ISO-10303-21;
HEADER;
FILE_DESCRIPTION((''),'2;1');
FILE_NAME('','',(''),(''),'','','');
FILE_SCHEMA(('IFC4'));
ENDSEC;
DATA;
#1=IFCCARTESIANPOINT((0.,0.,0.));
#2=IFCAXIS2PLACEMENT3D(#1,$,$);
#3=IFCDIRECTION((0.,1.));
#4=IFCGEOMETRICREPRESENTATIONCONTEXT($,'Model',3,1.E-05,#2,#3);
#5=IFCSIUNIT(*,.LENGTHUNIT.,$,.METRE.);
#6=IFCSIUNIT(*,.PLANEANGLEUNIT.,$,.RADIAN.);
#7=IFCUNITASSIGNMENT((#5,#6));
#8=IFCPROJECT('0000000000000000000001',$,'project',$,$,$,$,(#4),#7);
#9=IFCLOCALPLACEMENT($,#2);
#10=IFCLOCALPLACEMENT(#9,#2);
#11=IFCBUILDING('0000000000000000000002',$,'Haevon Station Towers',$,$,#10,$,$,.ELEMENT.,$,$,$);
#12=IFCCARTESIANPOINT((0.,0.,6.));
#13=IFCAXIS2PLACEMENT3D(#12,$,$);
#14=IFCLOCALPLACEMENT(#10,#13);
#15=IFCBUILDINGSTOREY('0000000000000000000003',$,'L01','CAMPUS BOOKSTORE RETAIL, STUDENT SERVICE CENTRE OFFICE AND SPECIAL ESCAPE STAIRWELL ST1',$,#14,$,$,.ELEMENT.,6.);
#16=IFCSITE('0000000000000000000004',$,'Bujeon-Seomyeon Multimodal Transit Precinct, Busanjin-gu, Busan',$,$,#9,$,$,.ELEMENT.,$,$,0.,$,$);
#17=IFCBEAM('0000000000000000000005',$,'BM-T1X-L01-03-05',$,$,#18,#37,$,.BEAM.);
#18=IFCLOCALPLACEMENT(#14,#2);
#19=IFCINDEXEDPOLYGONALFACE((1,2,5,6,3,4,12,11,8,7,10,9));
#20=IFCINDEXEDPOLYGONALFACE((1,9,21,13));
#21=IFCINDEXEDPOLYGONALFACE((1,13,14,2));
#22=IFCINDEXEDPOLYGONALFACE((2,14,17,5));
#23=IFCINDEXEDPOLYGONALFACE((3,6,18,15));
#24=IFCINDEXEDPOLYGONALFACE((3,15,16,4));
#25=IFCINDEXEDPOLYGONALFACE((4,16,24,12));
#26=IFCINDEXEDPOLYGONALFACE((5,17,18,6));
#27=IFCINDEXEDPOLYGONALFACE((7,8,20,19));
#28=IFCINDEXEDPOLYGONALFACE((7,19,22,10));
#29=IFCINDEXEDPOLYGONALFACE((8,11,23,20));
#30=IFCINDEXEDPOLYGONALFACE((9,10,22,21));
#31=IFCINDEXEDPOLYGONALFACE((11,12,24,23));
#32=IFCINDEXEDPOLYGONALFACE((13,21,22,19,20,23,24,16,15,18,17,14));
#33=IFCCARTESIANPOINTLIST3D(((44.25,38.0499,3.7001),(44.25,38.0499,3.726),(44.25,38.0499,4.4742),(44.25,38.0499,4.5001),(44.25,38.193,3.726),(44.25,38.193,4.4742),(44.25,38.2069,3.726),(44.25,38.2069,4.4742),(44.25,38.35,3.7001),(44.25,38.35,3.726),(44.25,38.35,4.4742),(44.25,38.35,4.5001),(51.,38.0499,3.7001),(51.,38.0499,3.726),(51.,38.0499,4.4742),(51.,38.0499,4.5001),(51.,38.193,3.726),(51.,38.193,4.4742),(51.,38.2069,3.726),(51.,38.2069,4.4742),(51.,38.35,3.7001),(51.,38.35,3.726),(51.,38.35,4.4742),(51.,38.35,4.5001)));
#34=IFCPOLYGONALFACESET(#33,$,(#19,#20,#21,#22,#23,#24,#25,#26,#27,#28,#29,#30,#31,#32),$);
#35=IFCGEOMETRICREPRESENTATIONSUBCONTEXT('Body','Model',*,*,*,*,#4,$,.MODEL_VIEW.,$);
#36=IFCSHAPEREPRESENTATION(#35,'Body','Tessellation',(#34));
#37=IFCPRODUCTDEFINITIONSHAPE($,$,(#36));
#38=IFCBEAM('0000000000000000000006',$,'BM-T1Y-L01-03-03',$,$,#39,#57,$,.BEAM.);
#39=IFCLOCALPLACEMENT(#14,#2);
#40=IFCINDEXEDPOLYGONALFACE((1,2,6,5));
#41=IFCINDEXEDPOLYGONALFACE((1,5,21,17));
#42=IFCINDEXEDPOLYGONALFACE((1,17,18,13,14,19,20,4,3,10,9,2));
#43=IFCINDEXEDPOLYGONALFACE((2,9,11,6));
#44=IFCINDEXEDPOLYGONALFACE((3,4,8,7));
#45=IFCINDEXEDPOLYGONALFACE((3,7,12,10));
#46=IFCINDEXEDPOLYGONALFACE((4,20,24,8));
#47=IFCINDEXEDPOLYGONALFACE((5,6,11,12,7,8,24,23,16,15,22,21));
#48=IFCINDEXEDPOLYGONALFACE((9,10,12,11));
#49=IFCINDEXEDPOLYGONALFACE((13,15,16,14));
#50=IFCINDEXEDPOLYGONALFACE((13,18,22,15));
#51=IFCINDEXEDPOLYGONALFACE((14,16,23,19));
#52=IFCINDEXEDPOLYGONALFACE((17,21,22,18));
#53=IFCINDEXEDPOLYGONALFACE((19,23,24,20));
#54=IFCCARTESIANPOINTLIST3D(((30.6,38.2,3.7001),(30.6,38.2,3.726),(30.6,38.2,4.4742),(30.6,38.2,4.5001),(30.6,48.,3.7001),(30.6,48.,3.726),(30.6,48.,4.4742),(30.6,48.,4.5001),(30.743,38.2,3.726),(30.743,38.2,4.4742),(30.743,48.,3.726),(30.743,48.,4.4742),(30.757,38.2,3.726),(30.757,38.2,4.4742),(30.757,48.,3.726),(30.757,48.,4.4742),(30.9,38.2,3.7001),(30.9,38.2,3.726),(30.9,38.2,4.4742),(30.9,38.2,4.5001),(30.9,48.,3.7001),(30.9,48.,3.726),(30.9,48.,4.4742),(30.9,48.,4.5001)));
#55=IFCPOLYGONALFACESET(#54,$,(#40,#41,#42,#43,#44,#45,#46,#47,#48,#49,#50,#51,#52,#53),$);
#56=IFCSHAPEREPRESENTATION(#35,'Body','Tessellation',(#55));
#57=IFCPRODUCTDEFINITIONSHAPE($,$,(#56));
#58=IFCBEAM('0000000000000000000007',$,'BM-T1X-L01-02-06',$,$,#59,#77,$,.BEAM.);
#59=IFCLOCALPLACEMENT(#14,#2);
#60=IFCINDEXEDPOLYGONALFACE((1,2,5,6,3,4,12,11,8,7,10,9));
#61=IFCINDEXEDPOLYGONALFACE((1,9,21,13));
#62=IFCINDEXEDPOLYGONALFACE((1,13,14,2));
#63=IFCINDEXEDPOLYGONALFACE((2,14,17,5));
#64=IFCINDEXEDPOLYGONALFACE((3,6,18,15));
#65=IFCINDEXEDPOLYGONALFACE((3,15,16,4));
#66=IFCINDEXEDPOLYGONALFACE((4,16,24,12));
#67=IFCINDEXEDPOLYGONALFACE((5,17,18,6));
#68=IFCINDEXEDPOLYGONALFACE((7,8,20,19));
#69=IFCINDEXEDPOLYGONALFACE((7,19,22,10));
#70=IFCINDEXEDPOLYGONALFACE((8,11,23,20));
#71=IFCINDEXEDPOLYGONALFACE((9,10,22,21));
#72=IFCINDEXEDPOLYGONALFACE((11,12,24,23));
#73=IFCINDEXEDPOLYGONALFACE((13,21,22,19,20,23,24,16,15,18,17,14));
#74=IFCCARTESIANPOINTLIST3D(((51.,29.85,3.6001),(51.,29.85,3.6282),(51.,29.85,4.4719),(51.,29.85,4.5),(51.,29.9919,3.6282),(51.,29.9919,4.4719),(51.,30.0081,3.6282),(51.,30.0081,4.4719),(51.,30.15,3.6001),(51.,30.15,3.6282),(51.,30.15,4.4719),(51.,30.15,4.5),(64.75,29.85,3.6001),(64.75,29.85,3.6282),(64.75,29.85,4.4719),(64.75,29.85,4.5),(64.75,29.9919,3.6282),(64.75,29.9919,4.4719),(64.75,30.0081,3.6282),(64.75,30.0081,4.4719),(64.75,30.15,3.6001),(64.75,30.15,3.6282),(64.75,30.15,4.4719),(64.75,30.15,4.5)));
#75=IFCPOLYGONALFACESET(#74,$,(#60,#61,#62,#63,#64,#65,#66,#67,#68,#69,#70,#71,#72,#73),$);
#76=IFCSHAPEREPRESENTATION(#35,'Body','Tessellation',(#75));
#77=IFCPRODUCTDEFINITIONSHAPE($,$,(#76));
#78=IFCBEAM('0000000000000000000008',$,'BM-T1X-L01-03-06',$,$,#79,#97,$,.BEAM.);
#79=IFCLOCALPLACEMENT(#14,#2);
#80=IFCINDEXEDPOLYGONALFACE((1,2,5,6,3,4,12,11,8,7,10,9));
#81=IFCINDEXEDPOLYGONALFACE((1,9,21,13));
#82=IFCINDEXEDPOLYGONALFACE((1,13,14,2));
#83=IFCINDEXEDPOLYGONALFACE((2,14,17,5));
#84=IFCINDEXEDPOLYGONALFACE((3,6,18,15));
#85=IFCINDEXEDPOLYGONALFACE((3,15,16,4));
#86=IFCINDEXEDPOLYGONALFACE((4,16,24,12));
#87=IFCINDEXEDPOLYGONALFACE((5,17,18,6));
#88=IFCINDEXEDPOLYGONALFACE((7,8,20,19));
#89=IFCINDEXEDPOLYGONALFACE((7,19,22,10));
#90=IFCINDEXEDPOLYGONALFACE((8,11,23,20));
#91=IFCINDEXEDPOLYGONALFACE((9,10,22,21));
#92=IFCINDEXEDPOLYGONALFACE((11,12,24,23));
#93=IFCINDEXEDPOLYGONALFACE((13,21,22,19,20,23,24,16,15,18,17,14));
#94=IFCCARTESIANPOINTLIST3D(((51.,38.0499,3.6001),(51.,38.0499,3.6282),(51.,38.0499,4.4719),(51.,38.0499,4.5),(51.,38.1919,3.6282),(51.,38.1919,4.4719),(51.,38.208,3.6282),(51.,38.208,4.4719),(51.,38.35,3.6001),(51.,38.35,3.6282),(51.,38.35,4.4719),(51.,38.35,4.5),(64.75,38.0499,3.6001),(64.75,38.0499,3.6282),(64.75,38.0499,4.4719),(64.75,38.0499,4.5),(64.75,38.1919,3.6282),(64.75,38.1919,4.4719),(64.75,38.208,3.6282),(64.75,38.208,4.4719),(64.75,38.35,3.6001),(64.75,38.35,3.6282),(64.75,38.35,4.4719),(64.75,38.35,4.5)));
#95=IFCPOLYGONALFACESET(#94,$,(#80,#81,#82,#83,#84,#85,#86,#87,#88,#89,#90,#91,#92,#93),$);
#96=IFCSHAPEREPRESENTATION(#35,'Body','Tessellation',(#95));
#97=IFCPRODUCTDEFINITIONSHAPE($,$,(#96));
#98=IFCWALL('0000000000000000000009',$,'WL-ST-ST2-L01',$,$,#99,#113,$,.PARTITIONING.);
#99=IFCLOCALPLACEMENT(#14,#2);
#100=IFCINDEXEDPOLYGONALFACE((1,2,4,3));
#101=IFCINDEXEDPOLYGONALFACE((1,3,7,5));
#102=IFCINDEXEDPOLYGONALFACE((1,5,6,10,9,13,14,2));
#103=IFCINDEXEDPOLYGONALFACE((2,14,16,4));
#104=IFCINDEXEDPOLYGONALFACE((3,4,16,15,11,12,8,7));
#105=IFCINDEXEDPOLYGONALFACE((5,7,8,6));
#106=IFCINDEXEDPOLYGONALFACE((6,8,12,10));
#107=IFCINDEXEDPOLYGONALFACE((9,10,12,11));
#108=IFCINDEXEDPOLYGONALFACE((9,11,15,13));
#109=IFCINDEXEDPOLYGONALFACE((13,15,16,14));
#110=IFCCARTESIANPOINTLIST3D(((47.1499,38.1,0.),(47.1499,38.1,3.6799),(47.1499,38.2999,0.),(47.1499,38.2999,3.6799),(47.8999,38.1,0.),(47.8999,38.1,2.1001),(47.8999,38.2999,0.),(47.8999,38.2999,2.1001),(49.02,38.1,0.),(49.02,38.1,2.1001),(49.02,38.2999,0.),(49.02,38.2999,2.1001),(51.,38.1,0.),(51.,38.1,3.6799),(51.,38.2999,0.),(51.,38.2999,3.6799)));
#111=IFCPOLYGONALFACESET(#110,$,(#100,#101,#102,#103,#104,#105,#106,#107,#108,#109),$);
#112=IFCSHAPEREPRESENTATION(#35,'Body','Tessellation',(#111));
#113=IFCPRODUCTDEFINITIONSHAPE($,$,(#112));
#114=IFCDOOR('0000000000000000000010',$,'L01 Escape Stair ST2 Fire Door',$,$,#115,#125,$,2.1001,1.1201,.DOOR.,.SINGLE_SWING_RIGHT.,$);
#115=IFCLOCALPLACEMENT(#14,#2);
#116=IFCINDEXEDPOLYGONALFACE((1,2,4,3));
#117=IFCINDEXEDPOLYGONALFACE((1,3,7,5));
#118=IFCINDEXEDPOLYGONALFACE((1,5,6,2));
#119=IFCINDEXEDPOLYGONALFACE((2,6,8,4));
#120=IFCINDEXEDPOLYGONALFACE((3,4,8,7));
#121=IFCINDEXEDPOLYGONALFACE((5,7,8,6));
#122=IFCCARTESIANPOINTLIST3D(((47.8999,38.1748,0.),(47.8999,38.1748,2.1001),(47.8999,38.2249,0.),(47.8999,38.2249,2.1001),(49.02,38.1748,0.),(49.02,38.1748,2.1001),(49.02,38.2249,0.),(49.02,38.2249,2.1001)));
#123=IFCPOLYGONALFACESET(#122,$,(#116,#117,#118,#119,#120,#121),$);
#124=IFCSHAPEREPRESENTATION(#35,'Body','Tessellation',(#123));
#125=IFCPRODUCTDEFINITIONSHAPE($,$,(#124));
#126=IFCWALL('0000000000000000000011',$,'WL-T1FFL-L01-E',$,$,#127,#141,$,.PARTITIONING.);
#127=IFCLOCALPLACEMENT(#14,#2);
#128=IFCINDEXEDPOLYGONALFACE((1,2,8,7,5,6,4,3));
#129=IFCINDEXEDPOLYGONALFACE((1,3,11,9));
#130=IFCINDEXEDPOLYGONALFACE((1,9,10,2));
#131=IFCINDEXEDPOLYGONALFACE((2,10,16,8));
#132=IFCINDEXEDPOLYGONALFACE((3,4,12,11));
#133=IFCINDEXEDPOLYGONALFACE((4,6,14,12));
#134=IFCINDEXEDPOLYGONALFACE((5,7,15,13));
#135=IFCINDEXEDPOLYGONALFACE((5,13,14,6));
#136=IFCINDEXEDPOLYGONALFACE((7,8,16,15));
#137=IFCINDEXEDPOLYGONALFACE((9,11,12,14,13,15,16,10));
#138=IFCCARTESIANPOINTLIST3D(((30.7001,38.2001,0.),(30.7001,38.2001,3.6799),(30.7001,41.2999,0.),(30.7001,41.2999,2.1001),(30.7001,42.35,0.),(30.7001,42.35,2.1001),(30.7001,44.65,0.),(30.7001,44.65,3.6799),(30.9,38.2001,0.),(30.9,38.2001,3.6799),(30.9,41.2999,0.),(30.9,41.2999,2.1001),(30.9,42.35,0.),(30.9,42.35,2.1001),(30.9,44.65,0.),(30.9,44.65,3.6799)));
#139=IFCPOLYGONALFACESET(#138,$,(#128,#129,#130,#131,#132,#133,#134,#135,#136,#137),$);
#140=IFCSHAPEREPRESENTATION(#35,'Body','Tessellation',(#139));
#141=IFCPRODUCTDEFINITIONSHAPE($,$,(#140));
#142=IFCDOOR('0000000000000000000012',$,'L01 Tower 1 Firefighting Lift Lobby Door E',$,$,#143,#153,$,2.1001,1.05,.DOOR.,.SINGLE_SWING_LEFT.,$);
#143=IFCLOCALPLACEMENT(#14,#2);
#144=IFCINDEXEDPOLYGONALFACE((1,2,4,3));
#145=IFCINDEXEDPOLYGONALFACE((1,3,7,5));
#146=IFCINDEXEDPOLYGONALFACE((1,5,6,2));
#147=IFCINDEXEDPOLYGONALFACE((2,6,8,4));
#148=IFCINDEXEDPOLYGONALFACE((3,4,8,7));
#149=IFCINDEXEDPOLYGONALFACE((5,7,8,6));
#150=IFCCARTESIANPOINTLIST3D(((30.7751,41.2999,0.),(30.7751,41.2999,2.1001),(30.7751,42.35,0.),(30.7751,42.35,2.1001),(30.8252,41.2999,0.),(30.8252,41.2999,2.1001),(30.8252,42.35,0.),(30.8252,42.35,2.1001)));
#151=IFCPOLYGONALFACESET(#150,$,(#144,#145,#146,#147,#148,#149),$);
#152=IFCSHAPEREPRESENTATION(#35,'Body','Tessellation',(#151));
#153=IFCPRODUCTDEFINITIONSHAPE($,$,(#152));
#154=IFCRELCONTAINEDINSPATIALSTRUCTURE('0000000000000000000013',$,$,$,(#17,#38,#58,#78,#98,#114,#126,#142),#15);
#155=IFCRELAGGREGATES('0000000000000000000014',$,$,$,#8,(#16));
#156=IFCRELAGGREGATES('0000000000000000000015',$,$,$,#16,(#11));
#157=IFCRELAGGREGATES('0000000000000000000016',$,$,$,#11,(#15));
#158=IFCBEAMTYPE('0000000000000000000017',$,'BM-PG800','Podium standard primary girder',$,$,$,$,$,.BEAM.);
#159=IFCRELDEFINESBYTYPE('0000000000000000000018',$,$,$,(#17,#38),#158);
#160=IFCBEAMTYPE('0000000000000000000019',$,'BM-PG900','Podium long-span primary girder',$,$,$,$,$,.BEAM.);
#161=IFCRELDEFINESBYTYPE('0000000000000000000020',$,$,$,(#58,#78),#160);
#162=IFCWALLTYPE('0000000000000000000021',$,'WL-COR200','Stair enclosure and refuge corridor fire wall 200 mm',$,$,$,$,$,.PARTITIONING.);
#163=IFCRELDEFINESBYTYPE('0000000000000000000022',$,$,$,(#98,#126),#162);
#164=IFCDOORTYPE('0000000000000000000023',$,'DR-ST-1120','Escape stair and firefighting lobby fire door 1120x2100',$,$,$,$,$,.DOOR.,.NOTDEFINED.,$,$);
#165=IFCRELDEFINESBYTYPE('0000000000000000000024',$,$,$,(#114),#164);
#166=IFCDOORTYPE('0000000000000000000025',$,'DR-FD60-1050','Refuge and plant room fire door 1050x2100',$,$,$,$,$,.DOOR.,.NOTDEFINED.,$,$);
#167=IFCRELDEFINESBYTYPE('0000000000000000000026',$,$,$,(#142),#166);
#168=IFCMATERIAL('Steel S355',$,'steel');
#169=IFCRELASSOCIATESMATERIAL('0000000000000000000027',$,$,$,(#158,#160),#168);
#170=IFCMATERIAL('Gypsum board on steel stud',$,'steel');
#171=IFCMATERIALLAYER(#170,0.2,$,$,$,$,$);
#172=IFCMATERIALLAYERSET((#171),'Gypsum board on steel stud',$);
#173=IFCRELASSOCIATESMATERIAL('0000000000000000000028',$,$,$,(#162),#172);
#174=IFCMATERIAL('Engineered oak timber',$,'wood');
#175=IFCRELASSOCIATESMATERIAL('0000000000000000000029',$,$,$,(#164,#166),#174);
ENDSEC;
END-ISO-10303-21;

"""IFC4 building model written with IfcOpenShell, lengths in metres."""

from ifc_helpers import new_model, si_unit, direction, frame, frame_2d, origin, origin_2d, place, context, subcontext, project, spatial, rectangle, i_section, extrude, material, layer, layer_set, material_profile, profile_set, type_object, element, fill, save


model = new_model("IFC4")

# Units and contexts
model_context = context("Model", 3, precision=1e-05, world=origin(), true_north=direction((0.0, 1.0)))
body_context = subcontext(model_context, "Body", "Model", "MODEL_VIEW")
ifc_project = project(units=[si_unit("LENGTHUNIT", "METRE"), si_unit("PLANEANGLEUNIT", "RADIAN")], contexts=[model_context])

# Site, building, storey
site_placement = place(None, origin())
site = spatial("IfcSite", under=ifc_project, at=site_placement, Name="Bujeon-Seomyeon Multimodal Transit Precinct, Busanjin-gu, Busan", CompositionType="ELEMENT", RefElevation=0.0)
building_placement = place(site_placement, origin())
building = spatial("IfcBuilding", under=site, at=building_placement, Name="Haevon Station Towers", CompositionType="ELEMENT")
storey_placement = place(building_placement, frame((0.0, 0.0, 6.0)))
storey = spatial("IfcBuildingStorey", under=building, at=storey_placement, Name="L01", Description="CAMPUS BOOKSTORE RETAIL, STUDENT SERVICE CENTRE OFFICE AND SPECIAL ESCAPE STAIRWELL ST1", CompositionType="ELEMENT", Elevation=6.0)

# Beams
ifc_material_1 = material(Name="Steel S355", Category="steel")
ifc_material_profile_1 = material_profile(ifc_material_1, i_section(OverallWidth=0.3, OverallDepth=0.8, WebThickness=0.0139, FlangeThickness=0.0259, at=origin_2d()), Name="H-800x300x14x26")
ifc_profile_set_1 = profile_set([ifc_material_profile_1], Name="Steel S355")
beam_type_1 = type_object("IfcBeamType", Name="BM-PG800", Description="Podium standard primary girder", PredefinedType="BEAM", material=ifc_profile_set_1)
for number, where, z_axis, x_axis, name in (
    (1, (44.25, 38.2, 4.1001), (1.0, 0.0, 0.0), (0.0, 1.0, 0.0), "BM-T1X-L01-03-05"),
):
    element("IfcBeam", number, at=place(storey_placement, frame(where, z_axis=z_axis, x_axis=x_axis)), inside=storey, type_object=beam_type_1, Name=name, PredefinedType="BEAM", context=body_context, shape_type="SweptSolid", body=[
        extrude(i_section(OverallWidth=0.3, OverallDepth=0.8, WebThickness=0.0139, FlangeThickness=0.0259, at=origin_2d()), origin(), (0.0, 0.0, 1.0), 6.75),
    ])
beam_1_placement = place(storey_placement, frame((30.75, 38.2, 4.1001), z_axis=(0.0, 1.0, 0.0), x_axis=(-1.0, 0.0, 0.0)))
element("IfcBeam", 2, at=beam_1_placement, inside=storey, type_object=beam_type_1, Name="BM-T1Y-L01-03-03", PredefinedType="BEAM", context=body_context, shape_type="SweptSolid", body=[
    extrude(i_section(OverallWidth=0.3, OverallDepth=0.8, WebThickness=0.0139, FlangeThickness=0.0259, at=origin_2d()), origin(), (0.0, 0.0, 1.0), 9.8),
])
ifc_material_profile_2 = material_profile(ifc_material_1, i_section(OverallWidth=0.3, OverallDepth=0.8999, WebThickness=0.0161, FlangeThickness=0.0281, at=origin_2d()), Name="H-900x300x16x28")
ifc_profile_set_2 = profile_set([ifc_material_profile_2], Name="Steel S355")
beam_type_2 = type_object("IfcBeamType", Name="BM-PG900", Description="Podium long-span primary girder", PredefinedType="BEAM", material=ifc_profile_set_2)
for number, where, z_axis, x_axis, name in (
    (3, (51.0, 30.0, 4.05), (1.0, 0.0, 0.0), (0.0, 1.0, 0.0), "BM-T1X-L01-02-06"),
    (4, (51.0, 38.2, 4.05), (1.0, 0.0, 0.0), (0.0, 1.0, 0.0), "BM-T1X-L01-03-06"),
):
    element("IfcBeam", number, at=place(storey_placement, frame(where, z_axis=z_axis, x_axis=x_axis)), inside=storey, type_object=beam_type_2, Name=name, PredefinedType="BEAM", context=body_context, shape_type="SweptSolid", body=[
        extrude(i_section(OverallWidth=0.3, OverallDepth=0.8999, WebThickness=0.0161, FlangeThickness=0.0281, at=origin_2d()), origin(), (0.0, 0.0, 1.0), 13.75),
    ])

# Walls, openings, doors
ifc_material_2 = material(Name="Gypsum board on steel stud", Category="steel")
ifc_layer_1 = layer(ifc_material_2, 0.2)
ifc_layer_set_1 = layer_set([ifc_layer_1], Name="Gypsum board on steel stud")
wall_type_1 = type_object("IfcWallType", Name="WL-COR200", Description="Stair enclosure and refuge corridor fire wall 200 mm", PredefinedType="PARTITIONING", material=ifc_layer_set_1)
wall_1_placement = place(storey_placement, frame((47.1499, 38.2, 0.0), z_axis=(0.0, 0.0, 1.0), x_axis=(1.0, 0.0, 0.0)))
wall_1 = element("IfcWall", 5, at=wall_1_placement, inside=storey, type_object=wall_type_1, Name="WL-ST-ST2-L01", PredefinedType="PARTITIONING", context=body_context, shape_type="SweptSolid", body=[
    extrude(rectangle(XDim=3.8501, YDim=0.2, at=frame_2d((1.925, 0.0))), origin(), (0.0, 0.0, 1.0), 3.6799),
])
opening_1_placement = place(wall_1_placement, frame((0.75, 0.0, 0.0)))
opening_1 = element("IfcOpeningElement", 6, at=opening_1_placement, cuts=wall_1, PredefinedType="OPENING", context=body_context, shape_type="SweptSolid", body=[
    extrude(rectangle(XDim=1.1201, YDim=2.1001, at=frame_2d((0.5601, 1.05))), frame((0.0, 0.1099, 0.0), z_axis=(0.0, -1.0, 0.0), x_axis=(1.0, 0.0, 0.0)), (0.0, 0.0, 1.0), 0.22),
])
ifc_material_3 = material(Name="Engineered oak timber", Category="wood")
door_type_1 = type_object("IfcDoorType", Name="DR-ST-1120", Description="Escape stair and firefighting lobby fire door 1120x2100", OperationType="NOTDEFINED", PredefinedType="DOOR", material=ifc_material_3)
door_1_placement = place(opening_1_placement, origin())
door_1 = element("IfcDoor", 7, at=door_1_placement, inside=storey, type_object=door_type_1, Name="L01 Escape Stair ST2 Fire Door", OperationType="SINGLE_SWING_RIGHT", OverallHeight=2.1001, OverallWidth=1.1201, PredefinedType="DOOR", context=body_context, shape_type="SweptSolid", body=[
    extrude(rectangle(XDim=1.1201, YDim=2.1001, at=frame_2d((0.5601, 1.05))), frame((0.0, 0.0249, 0.0), z_axis=(0.0, -1.0, 0.0), x_axis=(1.0, 0.0, 0.0)), (0.0, 0.0, 1.0), 0.05),
])
fill(opening_1, door_1)
wall_2_placement = place(storey_placement, frame((30.8, 38.2, 0.0), z_axis=(0.0, 0.0, 1.0), x_axis=(0.0, 1.0, 0.0)))
wall_2 = element("IfcWall", 8, at=wall_2_placement, inside=storey, type_object=wall_type_1, Name="WL-T1FFL-L01-E", PredefinedType="PARTITIONING", context=body_context, shape_type="SweptSolid", body=[
    extrude(rectangle(XDim=6.45, YDim=0.2, at=frame_2d((3.2251, 0.0))), origin(), (0.0, 0.0, 1.0), 3.6799),
])
opening_2_placement = place(wall_2_placement, frame((3.1001, 0.0, 0.0)))
opening_2 = element("IfcOpeningElement", 9, at=opening_2_placement, cuts=wall_2, PredefinedType="OPENING", context=body_context, shape_type="SweptSolid", body=[
    extrude(rectangle(XDim=1.05, YDim=2.1001, at=frame_2d((0.5249, 1.05))), frame((0.0, 0.1099, 0.0), z_axis=(0.0, -1.0, 0.0), x_axis=(1.0, 0.0, 0.0)), (0.0, 0.0, 1.0), 0.22),
])
door_type_2 = type_object("IfcDoorType", Name="DR-FD60-1050", Description="Refuge and plant room fire door 1050x2100", OperationType="NOTDEFINED", PredefinedType="DOOR", material=ifc_material_3)
door_2_placement = place(opening_2_placement, origin())
door_2 = element("IfcDoor", 10, at=door_2_placement, inside=storey, type_object=door_type_2, Name="L01 Tower 1 Firefighting Lift Lobby Door E", OperationType="SINGLE_SWING_LEFT", OverallHeight=2.1001, OverallWidth=1.05, PredefinedType="DOOR", context=body_context, shape_type="SweptSolid", body=[
    extrude(rectangle(XDim=1.05, YDim=2.1001, at=frame_2d((0.5249, 1.05))), frame((0.0, 0.0249, 0.0), z_axis=(0.0, -1.0, 0.0), x_axis=(1.0, 0.0, 0.0)), (0.0, 0.0, 1.0), 0.05),
])
fill(opening_2, door_2)

save(model, "model.ifc")
